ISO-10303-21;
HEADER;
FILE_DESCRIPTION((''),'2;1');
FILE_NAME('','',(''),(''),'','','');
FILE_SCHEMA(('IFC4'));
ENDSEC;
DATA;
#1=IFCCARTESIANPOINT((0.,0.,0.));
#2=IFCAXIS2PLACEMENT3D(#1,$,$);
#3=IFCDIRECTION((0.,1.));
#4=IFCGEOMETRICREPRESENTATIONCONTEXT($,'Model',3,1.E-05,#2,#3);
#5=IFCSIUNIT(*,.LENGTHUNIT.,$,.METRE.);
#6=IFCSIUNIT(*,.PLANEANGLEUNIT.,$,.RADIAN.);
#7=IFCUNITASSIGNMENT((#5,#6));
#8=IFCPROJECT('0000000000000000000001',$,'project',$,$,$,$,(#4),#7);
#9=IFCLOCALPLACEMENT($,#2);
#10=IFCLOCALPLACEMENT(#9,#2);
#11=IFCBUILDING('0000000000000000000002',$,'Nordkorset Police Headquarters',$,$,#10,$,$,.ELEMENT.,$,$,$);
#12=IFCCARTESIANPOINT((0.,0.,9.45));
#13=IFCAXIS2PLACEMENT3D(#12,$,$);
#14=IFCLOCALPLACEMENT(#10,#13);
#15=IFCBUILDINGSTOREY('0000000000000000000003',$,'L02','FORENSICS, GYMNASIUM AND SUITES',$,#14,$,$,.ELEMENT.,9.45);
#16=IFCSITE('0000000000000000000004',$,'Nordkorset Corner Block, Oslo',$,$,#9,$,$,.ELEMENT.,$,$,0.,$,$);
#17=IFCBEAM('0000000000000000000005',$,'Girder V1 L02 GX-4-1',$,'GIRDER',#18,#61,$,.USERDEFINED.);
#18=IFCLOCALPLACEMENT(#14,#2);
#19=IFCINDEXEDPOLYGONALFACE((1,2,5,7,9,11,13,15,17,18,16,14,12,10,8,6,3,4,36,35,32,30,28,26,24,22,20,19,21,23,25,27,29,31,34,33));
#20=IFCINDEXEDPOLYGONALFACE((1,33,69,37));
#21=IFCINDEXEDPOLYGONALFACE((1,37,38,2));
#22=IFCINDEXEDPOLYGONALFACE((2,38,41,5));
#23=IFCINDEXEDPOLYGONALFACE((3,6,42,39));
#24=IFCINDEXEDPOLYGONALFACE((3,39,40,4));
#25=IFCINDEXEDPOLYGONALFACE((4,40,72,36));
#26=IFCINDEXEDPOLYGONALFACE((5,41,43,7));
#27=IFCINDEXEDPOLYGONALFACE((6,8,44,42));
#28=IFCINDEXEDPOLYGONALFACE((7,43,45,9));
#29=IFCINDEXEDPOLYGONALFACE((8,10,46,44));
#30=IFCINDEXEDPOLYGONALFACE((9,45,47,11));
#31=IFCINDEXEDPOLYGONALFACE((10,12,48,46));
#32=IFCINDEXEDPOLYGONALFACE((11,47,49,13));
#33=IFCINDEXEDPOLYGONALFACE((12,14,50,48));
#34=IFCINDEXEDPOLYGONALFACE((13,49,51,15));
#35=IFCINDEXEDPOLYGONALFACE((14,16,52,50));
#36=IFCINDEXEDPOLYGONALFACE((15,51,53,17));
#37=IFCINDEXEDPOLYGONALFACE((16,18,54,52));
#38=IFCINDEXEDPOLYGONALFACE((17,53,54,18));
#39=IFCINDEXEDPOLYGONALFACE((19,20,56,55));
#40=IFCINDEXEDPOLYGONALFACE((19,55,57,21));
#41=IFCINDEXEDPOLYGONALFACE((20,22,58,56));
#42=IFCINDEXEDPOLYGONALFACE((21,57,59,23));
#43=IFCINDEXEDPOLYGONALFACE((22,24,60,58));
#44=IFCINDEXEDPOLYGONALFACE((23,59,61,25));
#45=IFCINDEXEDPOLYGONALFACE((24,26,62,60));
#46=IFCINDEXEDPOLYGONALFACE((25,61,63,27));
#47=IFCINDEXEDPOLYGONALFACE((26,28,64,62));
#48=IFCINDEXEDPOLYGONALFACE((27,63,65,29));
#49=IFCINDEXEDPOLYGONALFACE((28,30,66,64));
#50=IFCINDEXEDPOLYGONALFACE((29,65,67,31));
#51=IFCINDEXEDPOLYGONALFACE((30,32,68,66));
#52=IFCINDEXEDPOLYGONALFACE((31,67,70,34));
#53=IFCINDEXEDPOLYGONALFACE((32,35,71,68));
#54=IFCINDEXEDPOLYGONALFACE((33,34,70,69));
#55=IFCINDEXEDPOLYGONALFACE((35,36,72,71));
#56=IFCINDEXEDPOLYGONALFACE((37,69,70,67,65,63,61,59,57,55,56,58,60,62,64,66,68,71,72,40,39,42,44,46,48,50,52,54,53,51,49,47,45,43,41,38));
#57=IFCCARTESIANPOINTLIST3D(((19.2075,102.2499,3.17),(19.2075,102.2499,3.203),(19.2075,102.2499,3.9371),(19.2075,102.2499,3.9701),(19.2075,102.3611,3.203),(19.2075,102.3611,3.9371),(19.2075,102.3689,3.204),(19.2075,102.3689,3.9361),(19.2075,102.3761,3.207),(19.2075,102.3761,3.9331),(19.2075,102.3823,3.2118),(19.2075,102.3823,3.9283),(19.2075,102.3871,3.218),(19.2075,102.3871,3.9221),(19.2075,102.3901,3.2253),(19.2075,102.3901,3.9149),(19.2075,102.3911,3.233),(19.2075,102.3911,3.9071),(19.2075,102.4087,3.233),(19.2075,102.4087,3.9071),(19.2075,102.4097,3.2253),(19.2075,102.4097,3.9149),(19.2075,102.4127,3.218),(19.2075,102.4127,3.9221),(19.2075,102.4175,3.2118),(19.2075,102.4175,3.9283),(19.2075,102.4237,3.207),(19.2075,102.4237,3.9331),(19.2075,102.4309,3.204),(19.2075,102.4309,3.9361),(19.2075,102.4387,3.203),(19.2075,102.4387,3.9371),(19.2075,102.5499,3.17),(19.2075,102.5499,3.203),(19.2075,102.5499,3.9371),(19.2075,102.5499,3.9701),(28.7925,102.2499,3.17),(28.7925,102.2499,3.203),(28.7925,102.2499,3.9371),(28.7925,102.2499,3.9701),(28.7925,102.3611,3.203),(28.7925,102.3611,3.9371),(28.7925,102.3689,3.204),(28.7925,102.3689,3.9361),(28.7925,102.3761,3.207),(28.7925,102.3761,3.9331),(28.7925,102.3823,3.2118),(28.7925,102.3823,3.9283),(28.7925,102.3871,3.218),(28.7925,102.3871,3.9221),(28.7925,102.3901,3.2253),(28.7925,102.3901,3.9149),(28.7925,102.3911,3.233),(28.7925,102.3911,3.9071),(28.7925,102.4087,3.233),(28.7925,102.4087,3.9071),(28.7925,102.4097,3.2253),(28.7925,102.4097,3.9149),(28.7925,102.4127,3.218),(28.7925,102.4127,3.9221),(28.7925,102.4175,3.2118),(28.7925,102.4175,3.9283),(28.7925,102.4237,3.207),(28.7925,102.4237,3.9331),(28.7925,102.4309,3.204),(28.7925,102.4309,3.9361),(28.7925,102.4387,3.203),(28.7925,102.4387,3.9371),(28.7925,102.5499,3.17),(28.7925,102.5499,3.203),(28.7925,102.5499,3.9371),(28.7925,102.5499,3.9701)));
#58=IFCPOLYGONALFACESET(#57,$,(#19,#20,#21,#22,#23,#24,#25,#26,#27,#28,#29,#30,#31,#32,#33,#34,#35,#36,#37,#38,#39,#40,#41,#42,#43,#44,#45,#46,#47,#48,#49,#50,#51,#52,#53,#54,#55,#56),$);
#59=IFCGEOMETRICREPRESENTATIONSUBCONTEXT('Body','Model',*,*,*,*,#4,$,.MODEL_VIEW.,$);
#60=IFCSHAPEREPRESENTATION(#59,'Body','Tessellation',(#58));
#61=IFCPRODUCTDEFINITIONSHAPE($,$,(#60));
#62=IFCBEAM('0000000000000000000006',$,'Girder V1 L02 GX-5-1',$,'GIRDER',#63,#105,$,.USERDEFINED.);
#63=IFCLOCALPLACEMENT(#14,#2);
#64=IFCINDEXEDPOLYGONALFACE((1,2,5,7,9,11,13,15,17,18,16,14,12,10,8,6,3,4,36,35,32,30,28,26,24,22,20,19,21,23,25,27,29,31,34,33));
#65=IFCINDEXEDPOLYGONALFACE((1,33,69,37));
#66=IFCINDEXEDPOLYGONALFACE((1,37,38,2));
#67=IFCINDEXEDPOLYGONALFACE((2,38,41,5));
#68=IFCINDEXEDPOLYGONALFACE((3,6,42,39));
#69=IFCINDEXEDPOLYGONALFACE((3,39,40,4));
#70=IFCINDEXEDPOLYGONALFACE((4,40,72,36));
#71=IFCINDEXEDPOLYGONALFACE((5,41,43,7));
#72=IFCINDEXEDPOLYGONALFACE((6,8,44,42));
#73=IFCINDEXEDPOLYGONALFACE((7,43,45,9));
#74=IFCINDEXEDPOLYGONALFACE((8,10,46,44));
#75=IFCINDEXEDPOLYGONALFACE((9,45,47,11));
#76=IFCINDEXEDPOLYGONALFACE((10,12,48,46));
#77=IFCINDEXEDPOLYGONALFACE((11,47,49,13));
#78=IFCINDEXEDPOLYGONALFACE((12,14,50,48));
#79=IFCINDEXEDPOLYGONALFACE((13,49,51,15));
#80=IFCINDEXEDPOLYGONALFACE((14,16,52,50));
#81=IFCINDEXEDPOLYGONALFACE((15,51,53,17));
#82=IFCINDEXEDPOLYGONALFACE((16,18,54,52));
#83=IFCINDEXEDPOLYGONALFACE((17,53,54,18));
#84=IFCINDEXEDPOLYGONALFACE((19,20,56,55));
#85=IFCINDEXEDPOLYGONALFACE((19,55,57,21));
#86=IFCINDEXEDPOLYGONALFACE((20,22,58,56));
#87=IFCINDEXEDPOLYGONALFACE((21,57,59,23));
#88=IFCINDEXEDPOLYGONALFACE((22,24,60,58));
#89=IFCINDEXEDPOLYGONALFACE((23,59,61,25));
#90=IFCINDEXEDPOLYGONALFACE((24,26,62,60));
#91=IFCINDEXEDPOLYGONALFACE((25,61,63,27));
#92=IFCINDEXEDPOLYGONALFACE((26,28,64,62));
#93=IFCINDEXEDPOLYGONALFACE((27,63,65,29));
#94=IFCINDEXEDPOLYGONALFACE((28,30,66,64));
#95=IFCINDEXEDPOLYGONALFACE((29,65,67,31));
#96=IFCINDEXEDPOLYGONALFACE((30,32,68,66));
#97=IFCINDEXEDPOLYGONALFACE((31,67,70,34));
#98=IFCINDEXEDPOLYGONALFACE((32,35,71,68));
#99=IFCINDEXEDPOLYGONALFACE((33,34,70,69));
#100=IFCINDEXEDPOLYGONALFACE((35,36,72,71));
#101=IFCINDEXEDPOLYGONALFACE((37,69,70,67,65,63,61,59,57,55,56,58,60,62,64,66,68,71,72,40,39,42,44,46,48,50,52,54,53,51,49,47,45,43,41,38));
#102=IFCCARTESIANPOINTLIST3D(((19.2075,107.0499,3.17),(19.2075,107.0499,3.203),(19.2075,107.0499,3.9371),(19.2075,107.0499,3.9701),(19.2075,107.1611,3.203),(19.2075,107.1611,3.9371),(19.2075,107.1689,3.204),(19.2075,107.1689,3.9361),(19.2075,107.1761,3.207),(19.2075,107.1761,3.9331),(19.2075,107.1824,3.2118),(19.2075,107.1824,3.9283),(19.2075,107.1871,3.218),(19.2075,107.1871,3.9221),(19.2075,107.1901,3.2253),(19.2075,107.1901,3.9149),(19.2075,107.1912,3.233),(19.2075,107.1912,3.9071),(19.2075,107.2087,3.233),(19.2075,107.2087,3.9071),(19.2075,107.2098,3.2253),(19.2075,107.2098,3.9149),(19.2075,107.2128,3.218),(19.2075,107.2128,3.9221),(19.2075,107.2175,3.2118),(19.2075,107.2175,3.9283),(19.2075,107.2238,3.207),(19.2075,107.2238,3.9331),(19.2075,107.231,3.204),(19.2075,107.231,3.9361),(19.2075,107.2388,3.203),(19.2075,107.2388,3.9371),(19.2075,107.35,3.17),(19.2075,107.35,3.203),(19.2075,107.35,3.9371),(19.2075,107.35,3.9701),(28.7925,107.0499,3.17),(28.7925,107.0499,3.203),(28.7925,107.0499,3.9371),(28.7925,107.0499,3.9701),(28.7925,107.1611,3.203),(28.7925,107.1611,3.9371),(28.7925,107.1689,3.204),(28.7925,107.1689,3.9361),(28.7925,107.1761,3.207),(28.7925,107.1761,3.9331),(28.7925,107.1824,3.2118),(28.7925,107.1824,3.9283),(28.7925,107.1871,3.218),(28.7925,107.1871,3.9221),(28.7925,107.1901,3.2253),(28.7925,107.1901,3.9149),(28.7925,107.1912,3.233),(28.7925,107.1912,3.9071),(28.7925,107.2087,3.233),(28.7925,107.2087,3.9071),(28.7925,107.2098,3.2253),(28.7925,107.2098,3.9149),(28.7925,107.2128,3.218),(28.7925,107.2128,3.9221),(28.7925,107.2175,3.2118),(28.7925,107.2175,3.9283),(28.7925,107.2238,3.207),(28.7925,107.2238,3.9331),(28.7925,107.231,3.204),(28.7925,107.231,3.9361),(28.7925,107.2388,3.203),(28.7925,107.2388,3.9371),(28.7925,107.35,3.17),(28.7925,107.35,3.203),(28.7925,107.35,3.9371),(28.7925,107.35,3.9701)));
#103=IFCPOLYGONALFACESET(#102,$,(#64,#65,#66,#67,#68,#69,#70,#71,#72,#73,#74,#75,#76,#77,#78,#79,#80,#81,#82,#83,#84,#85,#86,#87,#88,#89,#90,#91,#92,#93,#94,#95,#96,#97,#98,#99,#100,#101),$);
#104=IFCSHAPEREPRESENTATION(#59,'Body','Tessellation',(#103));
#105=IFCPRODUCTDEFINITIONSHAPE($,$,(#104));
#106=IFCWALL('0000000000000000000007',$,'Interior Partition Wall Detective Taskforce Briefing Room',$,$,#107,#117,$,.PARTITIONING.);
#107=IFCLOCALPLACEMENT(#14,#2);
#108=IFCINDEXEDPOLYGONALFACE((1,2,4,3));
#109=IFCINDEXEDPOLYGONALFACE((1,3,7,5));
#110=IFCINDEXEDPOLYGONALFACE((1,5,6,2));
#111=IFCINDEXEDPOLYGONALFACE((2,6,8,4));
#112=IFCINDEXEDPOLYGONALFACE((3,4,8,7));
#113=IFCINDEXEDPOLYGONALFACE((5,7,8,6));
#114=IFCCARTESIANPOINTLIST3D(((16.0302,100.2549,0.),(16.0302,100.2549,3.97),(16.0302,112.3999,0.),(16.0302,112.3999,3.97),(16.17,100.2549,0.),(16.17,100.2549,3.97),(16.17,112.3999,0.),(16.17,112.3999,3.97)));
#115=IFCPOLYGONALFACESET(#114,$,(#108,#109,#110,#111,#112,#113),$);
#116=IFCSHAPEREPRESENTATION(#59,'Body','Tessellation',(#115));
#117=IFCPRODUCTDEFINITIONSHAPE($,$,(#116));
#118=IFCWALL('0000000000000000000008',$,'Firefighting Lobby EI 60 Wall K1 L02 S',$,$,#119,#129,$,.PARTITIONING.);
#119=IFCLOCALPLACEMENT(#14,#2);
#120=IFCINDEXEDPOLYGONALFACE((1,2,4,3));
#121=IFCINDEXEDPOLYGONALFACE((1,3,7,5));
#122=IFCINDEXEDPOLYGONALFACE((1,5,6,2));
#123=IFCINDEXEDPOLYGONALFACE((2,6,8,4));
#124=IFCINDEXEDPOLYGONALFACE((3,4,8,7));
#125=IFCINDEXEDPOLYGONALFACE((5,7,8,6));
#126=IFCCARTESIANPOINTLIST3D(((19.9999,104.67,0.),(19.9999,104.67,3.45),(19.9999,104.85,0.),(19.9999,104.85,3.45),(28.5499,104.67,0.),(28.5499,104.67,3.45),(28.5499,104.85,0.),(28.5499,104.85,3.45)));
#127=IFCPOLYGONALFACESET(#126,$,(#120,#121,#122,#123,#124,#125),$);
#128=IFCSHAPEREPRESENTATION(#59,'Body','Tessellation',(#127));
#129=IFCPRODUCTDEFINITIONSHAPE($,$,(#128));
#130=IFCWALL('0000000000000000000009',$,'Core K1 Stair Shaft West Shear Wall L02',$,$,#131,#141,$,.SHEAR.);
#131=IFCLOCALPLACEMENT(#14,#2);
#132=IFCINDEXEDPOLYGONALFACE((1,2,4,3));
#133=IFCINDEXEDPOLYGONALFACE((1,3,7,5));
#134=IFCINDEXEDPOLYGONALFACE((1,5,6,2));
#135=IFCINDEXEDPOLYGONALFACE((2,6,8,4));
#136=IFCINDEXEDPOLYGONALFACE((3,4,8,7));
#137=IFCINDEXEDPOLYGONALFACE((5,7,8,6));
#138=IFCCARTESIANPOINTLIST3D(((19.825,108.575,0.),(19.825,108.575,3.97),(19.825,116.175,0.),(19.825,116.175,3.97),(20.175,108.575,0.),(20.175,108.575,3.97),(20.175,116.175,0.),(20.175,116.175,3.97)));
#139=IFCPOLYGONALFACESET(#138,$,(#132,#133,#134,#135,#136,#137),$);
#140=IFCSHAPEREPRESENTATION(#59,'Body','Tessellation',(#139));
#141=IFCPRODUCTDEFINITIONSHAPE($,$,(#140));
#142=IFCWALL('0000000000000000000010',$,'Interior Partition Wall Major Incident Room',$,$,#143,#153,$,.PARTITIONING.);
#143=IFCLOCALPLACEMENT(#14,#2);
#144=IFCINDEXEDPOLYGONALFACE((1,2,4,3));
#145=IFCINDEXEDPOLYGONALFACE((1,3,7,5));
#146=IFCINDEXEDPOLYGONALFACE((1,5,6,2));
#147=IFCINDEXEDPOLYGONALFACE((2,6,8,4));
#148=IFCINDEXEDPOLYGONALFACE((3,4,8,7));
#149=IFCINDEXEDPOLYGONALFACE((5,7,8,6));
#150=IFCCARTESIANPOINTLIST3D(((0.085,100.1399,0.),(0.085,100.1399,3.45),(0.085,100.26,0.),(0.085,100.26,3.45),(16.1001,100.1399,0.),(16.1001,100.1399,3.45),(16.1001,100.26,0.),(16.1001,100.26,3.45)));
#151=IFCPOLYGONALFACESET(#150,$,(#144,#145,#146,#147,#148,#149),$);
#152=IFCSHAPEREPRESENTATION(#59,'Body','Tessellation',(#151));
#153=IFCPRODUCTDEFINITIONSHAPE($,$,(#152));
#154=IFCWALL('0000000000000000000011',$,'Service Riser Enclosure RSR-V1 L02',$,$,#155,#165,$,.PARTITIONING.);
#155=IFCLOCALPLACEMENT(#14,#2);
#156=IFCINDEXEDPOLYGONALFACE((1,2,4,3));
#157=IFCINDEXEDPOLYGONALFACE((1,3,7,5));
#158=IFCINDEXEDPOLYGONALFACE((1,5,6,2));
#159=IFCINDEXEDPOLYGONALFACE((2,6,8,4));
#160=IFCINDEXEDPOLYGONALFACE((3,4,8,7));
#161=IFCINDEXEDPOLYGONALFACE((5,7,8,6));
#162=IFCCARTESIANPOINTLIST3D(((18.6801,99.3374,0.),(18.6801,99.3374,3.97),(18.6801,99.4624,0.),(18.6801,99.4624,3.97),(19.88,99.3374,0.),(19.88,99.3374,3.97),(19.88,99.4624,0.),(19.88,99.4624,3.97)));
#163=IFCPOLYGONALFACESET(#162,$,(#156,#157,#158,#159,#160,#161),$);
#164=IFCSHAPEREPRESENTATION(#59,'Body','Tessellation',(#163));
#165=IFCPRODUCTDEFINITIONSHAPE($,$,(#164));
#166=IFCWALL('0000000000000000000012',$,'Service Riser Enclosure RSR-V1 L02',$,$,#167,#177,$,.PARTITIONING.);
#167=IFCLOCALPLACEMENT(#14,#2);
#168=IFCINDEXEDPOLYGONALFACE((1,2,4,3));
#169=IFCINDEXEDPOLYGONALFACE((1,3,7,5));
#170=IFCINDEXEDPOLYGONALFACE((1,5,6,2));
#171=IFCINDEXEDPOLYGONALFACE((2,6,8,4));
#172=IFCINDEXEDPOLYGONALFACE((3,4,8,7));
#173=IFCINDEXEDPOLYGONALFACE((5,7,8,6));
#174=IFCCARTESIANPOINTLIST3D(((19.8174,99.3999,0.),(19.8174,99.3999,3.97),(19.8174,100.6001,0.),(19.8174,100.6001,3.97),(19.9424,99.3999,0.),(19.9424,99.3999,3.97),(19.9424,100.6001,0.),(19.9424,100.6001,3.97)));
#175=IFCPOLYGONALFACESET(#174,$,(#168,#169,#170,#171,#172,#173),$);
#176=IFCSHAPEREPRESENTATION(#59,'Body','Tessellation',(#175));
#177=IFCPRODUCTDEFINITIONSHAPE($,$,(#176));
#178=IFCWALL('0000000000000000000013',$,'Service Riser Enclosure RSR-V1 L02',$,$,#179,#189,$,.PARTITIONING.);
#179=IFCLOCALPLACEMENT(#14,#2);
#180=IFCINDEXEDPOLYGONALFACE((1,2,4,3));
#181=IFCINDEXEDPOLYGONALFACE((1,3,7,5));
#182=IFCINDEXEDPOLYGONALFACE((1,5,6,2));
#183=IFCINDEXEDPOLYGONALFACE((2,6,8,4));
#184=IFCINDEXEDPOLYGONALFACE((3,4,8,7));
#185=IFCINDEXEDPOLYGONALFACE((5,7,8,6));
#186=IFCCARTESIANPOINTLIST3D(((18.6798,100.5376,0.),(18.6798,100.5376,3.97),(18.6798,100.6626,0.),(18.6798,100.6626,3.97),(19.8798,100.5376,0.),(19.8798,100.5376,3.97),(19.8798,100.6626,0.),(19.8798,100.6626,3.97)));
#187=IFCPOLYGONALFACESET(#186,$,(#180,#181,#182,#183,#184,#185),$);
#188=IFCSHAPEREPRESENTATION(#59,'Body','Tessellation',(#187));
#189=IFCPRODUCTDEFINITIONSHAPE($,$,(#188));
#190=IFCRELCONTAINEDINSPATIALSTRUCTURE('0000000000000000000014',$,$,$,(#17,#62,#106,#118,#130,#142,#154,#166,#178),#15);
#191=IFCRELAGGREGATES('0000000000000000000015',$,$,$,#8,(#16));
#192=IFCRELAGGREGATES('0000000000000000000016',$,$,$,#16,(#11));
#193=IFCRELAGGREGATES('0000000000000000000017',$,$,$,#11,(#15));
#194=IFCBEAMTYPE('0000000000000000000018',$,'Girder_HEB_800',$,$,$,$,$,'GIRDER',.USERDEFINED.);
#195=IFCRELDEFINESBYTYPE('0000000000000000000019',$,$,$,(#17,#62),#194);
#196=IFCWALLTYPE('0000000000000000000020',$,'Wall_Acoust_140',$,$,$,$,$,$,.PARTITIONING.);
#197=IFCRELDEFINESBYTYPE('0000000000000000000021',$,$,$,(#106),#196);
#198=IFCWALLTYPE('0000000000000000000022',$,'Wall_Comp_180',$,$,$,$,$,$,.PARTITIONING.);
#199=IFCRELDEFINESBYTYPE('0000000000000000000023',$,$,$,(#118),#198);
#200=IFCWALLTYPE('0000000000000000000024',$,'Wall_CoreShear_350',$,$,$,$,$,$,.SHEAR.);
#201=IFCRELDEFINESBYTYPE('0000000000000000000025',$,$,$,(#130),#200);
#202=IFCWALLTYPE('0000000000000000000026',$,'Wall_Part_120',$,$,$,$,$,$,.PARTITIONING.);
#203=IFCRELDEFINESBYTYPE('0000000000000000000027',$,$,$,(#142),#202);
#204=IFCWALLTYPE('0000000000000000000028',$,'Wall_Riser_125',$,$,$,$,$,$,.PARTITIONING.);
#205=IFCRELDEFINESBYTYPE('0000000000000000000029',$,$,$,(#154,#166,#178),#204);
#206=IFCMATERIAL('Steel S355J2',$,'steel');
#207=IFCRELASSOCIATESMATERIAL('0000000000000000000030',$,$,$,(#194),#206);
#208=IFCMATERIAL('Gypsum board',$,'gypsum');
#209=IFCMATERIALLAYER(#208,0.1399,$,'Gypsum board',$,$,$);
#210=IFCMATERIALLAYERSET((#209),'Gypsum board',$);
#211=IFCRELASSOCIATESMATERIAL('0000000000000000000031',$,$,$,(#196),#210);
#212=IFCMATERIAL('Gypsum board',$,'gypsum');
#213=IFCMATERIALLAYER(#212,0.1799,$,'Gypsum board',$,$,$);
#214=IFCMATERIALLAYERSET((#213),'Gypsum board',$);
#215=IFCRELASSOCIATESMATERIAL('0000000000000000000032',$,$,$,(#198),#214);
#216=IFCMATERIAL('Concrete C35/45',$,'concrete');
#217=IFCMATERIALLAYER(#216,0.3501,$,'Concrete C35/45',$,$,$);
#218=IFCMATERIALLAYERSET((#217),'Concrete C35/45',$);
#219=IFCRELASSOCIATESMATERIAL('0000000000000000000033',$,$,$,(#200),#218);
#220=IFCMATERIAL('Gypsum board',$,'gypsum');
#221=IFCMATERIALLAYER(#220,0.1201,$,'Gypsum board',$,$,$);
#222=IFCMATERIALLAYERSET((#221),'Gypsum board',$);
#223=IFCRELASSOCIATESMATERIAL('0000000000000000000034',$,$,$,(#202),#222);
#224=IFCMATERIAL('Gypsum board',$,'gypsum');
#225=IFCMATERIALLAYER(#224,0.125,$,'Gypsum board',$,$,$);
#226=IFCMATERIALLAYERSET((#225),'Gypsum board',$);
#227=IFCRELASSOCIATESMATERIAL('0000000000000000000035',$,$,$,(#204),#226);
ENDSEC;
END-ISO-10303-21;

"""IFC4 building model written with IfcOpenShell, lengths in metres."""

from ifc_helpers import new_model, si_unit, direction, frame, frame_2d, origin, origin_2d, place, context, subcontext, project, spatial, rectangle, i_section, extrude, material, layer, layer_set, material_profile, profile_set, type_object, element, save


model = new_model("IFC4")

# Units and contexts
model_context = context("Model", 3, precision=1e-05, world=origin(), true_north=direction((0.0, 1.0)))
body_context = subcontext(model_context, "Body", "Model", "MODEL_VIEW")
ifc_project = project(units=[si_unit("LENGTHUNIT", "METRE"), si_unit("PLANEANGLEUNIT", "RADIAN")], contexts=[model_context])

# Site, building, storey
site_placement = place(None, origin())
site = spatial("IfcSite", under=ifc_project, at=site_placement, Name="Nordkorset Corner Block, Oslo", CompositionType="ELEMENT", RefElevation=0.0)
building_placement = place(site_placement, origin())
building = spatial("IfcBuilding", under=site, at=building_placement, Name="Nordkorset Police Headquarters", CompositionType="ELEMENT")
storey_placement = place(building_placement, frame((0.0, 0.0, 9.45)))
storey = spatial("IfcBuildingStorey", under=building, at=storey_placement, Name="L02", Description="FORENSICS, GYMNASIUM AND SUITES", CompositionType="ELEMENT", Elevation=9.45)

# Beams
ifc_material_1 = material(Name="Steel S355J2", Category="steel")
ifc_material_profile_1 = material_profile(ifc_material_1, i_section(OverallWidth=0.3, OverallDepth=0.8, WebThickness=0.0176, FlangeThickness=0.033, FilletRadius=0.03, at=origin_2d()), Name="HEB 800")
ifc_profile_set_1 = profile_set([ifc_material_profile_1], Name="Steel S355J2")
beam_type_1 = type_object("IfcBeamType", Name="Girder_HEB_800", ElementType="GIRDER", PredefinedType="USERDEFINED", material=ifc_profile_set_1)
for number, where, z_axis, x_axis, name in (
    (1, (19.2075, 102.3999, 3.5701), (1.0, 0.0, 0.0), (0.0, 1.0, 0.0), "Girder V1 L02 GX-4-1"),
    (2, (19.2075, 107.2, 3.5701), (1.0, 0.0, 0.0), (0.0, 1.0, 0.0), "Girder V1 L02 GX-5-1"),
):
    element("IfcBeam", number, at=place(storey_placement, frame(where, z_axis=z_axis, x_axis=x_axis)), inside=storey, type_object=beam_type_1, Name=name, ObjectType="GIRDER", PredefinedType="USERDEFINED", context=body_context, shape_type="SweptSolid", body=[
        extrude(i_section(OverallWidth=0.3, OverallDepth=0.8, WebThickness=0.0176, FlangeThickness=0.033, FilletRadius=0.03, at=origin_2d()), origin(), (0.0, 0.0, 1.0), 9.585),
    ])

# Walls
ifc_material_2 = material(Name="Gypsum board", Category="gypsum")
ifc_layer_1 = layer(ifc_material_2, 0.1399, Name="Gypsum board")
ifc_layer_set_1 = layer_set([ifc_layer_1], Name="Gypsum board")
wall_type_1 = type_object("IfcWallType", Name="Wall_Acoust_140", PredefinedType="PARTITIONING", material=ifc_layer_set_1)
wall_1_placement = place(storey_placement, frame((16.1001, 100.2549, 0.0), z_axis=(0.0, 0.0, 1.0), x_axis=(0.0, 1.0, 0.0)))
element("IfcWall", 3, at=wall_1_placement, inside=storey, type_object=wall_type_1, Name="Interior Partition Wall Detective Taskforce Briefing Room", PredefinedType="PARTITIONING", context=body_context, shape_type="SweptSolid", body=[
    extrude(rectangle(XDim=12.145, YDim=0.1399, at=frame_2d((6.0725, 0.0))), origin(), (0.0, 0.0, 1.0), 3.97),
])
ifc_material_3 = material(Name="Gypsum board", Category="gypsum")
ifc_layer_2 = layer(ifc_material_3, 0.1799, Name="Gypsum board")
ifc_layer_set_2 = layer_set([ifc_layer_2], Name="Gypsum board")
wall_type_2 = type_object("IfcWallType", Name="Wall_Comp_180", PredefinedType="PARTITIONING", material=ifc_layer_set_2)
wall_2_placement = place(storey_placement, frame((20.0, 104.76, 0.0), z_axis=(0.0, 0.0, 1.0), x_axis=(1.0, 0.0, 0.0)))
element("IfcWall", 4, at=wall_2_placement, inside=storey, type_object=wall_type_2, Name="Firefighting Lobby EI 60 Wall K1 L02 S", PredefinedType="PARTITIONING", context=body_context, shape_type="SweptSolid", body=[
    extrude(rectangle(XDim=8.55, YDim=0.1799, at=frame_2d((4.2749, 0.0))), origin(), (0.0, 0.0, 1.0), 3.45),
])

# Shared definitions
ifc_material_4 = material(Name="Concrete C35/45", Category="concrete")
ifc_layer_3 = layer(ifc_material_4, 0.3501, Name="Concrete C35/45")
ifc_layer_set_3 = layer_set([ifc_layer_3], Name="Concrete C35/45")
wall_type_3 = type_object("IfcWallType", Name="Wall_CoreShear_350", PredefinedType="SHEAR", material=ifc_layer_set_3)

# Walls
wall_3_placement = place(storey_placement, frame((20.0, 108.575, 0.0), z_axis=(0.0, 0.0, 1.0), x_axis=(0.0, 1.0, 0.0)))
element("IfcWall", 5, at=wall_3_placement, inside=storey, type_object=wall_type_3, Name="Core K1 Stair Shaft West Shear Wall L02", PredefinedType="SHEAR", context=body_context, shape_type="SweptSolid", body=[
    extrude(rectangle(XDim=7.6001, YDim=0.3501, at=frame_2d((3.8, 0.0))), origin(), (0.0, 0.0, 1.0), 3.97),
])
ifc_material_5 = material(Name="Gypsum board", Category="gypsum")
ifc_layer_4 = layer(ifc_material_5, 0.1201, Name="Gypsum board")
ifc_layer_set_4 = layer_set([ifc_layer_4], Name="Gypsum board")
wall_type_4 = type_object("IfcWallType", Name="Wall_Part_120", PredefinedType="PARTITIONING", material=ifc_layer_set_4)
wall_4_placement = place(storey_placement, frame((16.1001, 100.2, 0.0), z_axis=(0.0, 0.0, 1.0), x_axis=(-1.0, 0.0, 0.0)))
element("IfcWall", 6, at=wall_4_placement, inside=storey, type_object=wall_type_4, Name="Interior Partition Wall Major Incident Room", PredefinedType="PARTITIONING", context=body_context, shape_type="SweptSolid", body=[
    extrude(rectangle(XDim=16.0151, YDim=0.1201, at=frame_2d((8.0076, 0.0))), origin(), (0.0, 0.0, 1.0), 3.45),
])
ifc_material_6 = material(Name="Gypsum board", Category="gypsum")
ifc_layer_5 = layer(ifc_material_6, 0.125, Name="Gypsum board")
ifc_layer_set_5 = layer_set([ifc_layer_5], Name="Gypsum board")
wall_type_5 = type_object("IfcWallType", Name="Wall_Riser_125", PredefinedType="PARTITIONING", material=ifc_layer_set_5)
wall_5_placement = place(storey_placement, frame((18.6799, 99.3999, 0.0), z_axis=(0.0, 0.0, 1.0), x_axis=(1.0, 0.0, 0.0)))
element("IfcWall", 7, at=wall_5_placement, inside=storey, type_object=wall_type_5, Name="Service Riser Enclosure RSR-V1 L02", PredefinedType="PARTITIONING", context=body_context, shape_type="SweptSolid", body=[
    extrude(rectangle(XDim=1.2, YDim=0.125, at=frame_2d((0.6001, 0.0))), origin(), (0.0, 0.0, 1.0), 3.97),
])
wall_6_placement = place(storey_placement, frame((19.8799, 99.3999, 0.0), z_axis=(0.0, 0.0, 1.0), x_axis=(0.0, 1.0, 0.0)))
element("IfcWall", 8, at=wall_6_placement, inside=storey, type_object=wall_type_5, Name="Service Riser Enclosure RSR-V1 L02", PredefinedType="PARTITIONING", context=body_context, shape_type="SweptSolid", body=[
    extrude(rectangle(XDim=1.2002, YDim=0.125, at=frame_2d((0.6001, 0.0))), origin(), (0.0, 0.0, 1.0), 3.97),
])
wall_7_placement = place(storey_placement, frame((19.8799, 100.6001, 0.0), z_axis=(0.0, 0.0, 1.0), x_axis=(-1.0, 0.0, 0.0)))
element("IfcWall", 9, at=wall_7_placement, inside=storey, type_object=wall_type_5, Name="Service Riser Enclosure RSR-V1 L02", PredefinedType="PARTITIONING", context=body_context, shape_type="SweptSolid", body=[
    extrude(rectangle(XDim=1.2, YDim=0.125, at=frame_2d((0.6001, 0.0))), origin(), (0.0, 0.0, 1.0), 3.97),
])

save(model, "model.ifc")
